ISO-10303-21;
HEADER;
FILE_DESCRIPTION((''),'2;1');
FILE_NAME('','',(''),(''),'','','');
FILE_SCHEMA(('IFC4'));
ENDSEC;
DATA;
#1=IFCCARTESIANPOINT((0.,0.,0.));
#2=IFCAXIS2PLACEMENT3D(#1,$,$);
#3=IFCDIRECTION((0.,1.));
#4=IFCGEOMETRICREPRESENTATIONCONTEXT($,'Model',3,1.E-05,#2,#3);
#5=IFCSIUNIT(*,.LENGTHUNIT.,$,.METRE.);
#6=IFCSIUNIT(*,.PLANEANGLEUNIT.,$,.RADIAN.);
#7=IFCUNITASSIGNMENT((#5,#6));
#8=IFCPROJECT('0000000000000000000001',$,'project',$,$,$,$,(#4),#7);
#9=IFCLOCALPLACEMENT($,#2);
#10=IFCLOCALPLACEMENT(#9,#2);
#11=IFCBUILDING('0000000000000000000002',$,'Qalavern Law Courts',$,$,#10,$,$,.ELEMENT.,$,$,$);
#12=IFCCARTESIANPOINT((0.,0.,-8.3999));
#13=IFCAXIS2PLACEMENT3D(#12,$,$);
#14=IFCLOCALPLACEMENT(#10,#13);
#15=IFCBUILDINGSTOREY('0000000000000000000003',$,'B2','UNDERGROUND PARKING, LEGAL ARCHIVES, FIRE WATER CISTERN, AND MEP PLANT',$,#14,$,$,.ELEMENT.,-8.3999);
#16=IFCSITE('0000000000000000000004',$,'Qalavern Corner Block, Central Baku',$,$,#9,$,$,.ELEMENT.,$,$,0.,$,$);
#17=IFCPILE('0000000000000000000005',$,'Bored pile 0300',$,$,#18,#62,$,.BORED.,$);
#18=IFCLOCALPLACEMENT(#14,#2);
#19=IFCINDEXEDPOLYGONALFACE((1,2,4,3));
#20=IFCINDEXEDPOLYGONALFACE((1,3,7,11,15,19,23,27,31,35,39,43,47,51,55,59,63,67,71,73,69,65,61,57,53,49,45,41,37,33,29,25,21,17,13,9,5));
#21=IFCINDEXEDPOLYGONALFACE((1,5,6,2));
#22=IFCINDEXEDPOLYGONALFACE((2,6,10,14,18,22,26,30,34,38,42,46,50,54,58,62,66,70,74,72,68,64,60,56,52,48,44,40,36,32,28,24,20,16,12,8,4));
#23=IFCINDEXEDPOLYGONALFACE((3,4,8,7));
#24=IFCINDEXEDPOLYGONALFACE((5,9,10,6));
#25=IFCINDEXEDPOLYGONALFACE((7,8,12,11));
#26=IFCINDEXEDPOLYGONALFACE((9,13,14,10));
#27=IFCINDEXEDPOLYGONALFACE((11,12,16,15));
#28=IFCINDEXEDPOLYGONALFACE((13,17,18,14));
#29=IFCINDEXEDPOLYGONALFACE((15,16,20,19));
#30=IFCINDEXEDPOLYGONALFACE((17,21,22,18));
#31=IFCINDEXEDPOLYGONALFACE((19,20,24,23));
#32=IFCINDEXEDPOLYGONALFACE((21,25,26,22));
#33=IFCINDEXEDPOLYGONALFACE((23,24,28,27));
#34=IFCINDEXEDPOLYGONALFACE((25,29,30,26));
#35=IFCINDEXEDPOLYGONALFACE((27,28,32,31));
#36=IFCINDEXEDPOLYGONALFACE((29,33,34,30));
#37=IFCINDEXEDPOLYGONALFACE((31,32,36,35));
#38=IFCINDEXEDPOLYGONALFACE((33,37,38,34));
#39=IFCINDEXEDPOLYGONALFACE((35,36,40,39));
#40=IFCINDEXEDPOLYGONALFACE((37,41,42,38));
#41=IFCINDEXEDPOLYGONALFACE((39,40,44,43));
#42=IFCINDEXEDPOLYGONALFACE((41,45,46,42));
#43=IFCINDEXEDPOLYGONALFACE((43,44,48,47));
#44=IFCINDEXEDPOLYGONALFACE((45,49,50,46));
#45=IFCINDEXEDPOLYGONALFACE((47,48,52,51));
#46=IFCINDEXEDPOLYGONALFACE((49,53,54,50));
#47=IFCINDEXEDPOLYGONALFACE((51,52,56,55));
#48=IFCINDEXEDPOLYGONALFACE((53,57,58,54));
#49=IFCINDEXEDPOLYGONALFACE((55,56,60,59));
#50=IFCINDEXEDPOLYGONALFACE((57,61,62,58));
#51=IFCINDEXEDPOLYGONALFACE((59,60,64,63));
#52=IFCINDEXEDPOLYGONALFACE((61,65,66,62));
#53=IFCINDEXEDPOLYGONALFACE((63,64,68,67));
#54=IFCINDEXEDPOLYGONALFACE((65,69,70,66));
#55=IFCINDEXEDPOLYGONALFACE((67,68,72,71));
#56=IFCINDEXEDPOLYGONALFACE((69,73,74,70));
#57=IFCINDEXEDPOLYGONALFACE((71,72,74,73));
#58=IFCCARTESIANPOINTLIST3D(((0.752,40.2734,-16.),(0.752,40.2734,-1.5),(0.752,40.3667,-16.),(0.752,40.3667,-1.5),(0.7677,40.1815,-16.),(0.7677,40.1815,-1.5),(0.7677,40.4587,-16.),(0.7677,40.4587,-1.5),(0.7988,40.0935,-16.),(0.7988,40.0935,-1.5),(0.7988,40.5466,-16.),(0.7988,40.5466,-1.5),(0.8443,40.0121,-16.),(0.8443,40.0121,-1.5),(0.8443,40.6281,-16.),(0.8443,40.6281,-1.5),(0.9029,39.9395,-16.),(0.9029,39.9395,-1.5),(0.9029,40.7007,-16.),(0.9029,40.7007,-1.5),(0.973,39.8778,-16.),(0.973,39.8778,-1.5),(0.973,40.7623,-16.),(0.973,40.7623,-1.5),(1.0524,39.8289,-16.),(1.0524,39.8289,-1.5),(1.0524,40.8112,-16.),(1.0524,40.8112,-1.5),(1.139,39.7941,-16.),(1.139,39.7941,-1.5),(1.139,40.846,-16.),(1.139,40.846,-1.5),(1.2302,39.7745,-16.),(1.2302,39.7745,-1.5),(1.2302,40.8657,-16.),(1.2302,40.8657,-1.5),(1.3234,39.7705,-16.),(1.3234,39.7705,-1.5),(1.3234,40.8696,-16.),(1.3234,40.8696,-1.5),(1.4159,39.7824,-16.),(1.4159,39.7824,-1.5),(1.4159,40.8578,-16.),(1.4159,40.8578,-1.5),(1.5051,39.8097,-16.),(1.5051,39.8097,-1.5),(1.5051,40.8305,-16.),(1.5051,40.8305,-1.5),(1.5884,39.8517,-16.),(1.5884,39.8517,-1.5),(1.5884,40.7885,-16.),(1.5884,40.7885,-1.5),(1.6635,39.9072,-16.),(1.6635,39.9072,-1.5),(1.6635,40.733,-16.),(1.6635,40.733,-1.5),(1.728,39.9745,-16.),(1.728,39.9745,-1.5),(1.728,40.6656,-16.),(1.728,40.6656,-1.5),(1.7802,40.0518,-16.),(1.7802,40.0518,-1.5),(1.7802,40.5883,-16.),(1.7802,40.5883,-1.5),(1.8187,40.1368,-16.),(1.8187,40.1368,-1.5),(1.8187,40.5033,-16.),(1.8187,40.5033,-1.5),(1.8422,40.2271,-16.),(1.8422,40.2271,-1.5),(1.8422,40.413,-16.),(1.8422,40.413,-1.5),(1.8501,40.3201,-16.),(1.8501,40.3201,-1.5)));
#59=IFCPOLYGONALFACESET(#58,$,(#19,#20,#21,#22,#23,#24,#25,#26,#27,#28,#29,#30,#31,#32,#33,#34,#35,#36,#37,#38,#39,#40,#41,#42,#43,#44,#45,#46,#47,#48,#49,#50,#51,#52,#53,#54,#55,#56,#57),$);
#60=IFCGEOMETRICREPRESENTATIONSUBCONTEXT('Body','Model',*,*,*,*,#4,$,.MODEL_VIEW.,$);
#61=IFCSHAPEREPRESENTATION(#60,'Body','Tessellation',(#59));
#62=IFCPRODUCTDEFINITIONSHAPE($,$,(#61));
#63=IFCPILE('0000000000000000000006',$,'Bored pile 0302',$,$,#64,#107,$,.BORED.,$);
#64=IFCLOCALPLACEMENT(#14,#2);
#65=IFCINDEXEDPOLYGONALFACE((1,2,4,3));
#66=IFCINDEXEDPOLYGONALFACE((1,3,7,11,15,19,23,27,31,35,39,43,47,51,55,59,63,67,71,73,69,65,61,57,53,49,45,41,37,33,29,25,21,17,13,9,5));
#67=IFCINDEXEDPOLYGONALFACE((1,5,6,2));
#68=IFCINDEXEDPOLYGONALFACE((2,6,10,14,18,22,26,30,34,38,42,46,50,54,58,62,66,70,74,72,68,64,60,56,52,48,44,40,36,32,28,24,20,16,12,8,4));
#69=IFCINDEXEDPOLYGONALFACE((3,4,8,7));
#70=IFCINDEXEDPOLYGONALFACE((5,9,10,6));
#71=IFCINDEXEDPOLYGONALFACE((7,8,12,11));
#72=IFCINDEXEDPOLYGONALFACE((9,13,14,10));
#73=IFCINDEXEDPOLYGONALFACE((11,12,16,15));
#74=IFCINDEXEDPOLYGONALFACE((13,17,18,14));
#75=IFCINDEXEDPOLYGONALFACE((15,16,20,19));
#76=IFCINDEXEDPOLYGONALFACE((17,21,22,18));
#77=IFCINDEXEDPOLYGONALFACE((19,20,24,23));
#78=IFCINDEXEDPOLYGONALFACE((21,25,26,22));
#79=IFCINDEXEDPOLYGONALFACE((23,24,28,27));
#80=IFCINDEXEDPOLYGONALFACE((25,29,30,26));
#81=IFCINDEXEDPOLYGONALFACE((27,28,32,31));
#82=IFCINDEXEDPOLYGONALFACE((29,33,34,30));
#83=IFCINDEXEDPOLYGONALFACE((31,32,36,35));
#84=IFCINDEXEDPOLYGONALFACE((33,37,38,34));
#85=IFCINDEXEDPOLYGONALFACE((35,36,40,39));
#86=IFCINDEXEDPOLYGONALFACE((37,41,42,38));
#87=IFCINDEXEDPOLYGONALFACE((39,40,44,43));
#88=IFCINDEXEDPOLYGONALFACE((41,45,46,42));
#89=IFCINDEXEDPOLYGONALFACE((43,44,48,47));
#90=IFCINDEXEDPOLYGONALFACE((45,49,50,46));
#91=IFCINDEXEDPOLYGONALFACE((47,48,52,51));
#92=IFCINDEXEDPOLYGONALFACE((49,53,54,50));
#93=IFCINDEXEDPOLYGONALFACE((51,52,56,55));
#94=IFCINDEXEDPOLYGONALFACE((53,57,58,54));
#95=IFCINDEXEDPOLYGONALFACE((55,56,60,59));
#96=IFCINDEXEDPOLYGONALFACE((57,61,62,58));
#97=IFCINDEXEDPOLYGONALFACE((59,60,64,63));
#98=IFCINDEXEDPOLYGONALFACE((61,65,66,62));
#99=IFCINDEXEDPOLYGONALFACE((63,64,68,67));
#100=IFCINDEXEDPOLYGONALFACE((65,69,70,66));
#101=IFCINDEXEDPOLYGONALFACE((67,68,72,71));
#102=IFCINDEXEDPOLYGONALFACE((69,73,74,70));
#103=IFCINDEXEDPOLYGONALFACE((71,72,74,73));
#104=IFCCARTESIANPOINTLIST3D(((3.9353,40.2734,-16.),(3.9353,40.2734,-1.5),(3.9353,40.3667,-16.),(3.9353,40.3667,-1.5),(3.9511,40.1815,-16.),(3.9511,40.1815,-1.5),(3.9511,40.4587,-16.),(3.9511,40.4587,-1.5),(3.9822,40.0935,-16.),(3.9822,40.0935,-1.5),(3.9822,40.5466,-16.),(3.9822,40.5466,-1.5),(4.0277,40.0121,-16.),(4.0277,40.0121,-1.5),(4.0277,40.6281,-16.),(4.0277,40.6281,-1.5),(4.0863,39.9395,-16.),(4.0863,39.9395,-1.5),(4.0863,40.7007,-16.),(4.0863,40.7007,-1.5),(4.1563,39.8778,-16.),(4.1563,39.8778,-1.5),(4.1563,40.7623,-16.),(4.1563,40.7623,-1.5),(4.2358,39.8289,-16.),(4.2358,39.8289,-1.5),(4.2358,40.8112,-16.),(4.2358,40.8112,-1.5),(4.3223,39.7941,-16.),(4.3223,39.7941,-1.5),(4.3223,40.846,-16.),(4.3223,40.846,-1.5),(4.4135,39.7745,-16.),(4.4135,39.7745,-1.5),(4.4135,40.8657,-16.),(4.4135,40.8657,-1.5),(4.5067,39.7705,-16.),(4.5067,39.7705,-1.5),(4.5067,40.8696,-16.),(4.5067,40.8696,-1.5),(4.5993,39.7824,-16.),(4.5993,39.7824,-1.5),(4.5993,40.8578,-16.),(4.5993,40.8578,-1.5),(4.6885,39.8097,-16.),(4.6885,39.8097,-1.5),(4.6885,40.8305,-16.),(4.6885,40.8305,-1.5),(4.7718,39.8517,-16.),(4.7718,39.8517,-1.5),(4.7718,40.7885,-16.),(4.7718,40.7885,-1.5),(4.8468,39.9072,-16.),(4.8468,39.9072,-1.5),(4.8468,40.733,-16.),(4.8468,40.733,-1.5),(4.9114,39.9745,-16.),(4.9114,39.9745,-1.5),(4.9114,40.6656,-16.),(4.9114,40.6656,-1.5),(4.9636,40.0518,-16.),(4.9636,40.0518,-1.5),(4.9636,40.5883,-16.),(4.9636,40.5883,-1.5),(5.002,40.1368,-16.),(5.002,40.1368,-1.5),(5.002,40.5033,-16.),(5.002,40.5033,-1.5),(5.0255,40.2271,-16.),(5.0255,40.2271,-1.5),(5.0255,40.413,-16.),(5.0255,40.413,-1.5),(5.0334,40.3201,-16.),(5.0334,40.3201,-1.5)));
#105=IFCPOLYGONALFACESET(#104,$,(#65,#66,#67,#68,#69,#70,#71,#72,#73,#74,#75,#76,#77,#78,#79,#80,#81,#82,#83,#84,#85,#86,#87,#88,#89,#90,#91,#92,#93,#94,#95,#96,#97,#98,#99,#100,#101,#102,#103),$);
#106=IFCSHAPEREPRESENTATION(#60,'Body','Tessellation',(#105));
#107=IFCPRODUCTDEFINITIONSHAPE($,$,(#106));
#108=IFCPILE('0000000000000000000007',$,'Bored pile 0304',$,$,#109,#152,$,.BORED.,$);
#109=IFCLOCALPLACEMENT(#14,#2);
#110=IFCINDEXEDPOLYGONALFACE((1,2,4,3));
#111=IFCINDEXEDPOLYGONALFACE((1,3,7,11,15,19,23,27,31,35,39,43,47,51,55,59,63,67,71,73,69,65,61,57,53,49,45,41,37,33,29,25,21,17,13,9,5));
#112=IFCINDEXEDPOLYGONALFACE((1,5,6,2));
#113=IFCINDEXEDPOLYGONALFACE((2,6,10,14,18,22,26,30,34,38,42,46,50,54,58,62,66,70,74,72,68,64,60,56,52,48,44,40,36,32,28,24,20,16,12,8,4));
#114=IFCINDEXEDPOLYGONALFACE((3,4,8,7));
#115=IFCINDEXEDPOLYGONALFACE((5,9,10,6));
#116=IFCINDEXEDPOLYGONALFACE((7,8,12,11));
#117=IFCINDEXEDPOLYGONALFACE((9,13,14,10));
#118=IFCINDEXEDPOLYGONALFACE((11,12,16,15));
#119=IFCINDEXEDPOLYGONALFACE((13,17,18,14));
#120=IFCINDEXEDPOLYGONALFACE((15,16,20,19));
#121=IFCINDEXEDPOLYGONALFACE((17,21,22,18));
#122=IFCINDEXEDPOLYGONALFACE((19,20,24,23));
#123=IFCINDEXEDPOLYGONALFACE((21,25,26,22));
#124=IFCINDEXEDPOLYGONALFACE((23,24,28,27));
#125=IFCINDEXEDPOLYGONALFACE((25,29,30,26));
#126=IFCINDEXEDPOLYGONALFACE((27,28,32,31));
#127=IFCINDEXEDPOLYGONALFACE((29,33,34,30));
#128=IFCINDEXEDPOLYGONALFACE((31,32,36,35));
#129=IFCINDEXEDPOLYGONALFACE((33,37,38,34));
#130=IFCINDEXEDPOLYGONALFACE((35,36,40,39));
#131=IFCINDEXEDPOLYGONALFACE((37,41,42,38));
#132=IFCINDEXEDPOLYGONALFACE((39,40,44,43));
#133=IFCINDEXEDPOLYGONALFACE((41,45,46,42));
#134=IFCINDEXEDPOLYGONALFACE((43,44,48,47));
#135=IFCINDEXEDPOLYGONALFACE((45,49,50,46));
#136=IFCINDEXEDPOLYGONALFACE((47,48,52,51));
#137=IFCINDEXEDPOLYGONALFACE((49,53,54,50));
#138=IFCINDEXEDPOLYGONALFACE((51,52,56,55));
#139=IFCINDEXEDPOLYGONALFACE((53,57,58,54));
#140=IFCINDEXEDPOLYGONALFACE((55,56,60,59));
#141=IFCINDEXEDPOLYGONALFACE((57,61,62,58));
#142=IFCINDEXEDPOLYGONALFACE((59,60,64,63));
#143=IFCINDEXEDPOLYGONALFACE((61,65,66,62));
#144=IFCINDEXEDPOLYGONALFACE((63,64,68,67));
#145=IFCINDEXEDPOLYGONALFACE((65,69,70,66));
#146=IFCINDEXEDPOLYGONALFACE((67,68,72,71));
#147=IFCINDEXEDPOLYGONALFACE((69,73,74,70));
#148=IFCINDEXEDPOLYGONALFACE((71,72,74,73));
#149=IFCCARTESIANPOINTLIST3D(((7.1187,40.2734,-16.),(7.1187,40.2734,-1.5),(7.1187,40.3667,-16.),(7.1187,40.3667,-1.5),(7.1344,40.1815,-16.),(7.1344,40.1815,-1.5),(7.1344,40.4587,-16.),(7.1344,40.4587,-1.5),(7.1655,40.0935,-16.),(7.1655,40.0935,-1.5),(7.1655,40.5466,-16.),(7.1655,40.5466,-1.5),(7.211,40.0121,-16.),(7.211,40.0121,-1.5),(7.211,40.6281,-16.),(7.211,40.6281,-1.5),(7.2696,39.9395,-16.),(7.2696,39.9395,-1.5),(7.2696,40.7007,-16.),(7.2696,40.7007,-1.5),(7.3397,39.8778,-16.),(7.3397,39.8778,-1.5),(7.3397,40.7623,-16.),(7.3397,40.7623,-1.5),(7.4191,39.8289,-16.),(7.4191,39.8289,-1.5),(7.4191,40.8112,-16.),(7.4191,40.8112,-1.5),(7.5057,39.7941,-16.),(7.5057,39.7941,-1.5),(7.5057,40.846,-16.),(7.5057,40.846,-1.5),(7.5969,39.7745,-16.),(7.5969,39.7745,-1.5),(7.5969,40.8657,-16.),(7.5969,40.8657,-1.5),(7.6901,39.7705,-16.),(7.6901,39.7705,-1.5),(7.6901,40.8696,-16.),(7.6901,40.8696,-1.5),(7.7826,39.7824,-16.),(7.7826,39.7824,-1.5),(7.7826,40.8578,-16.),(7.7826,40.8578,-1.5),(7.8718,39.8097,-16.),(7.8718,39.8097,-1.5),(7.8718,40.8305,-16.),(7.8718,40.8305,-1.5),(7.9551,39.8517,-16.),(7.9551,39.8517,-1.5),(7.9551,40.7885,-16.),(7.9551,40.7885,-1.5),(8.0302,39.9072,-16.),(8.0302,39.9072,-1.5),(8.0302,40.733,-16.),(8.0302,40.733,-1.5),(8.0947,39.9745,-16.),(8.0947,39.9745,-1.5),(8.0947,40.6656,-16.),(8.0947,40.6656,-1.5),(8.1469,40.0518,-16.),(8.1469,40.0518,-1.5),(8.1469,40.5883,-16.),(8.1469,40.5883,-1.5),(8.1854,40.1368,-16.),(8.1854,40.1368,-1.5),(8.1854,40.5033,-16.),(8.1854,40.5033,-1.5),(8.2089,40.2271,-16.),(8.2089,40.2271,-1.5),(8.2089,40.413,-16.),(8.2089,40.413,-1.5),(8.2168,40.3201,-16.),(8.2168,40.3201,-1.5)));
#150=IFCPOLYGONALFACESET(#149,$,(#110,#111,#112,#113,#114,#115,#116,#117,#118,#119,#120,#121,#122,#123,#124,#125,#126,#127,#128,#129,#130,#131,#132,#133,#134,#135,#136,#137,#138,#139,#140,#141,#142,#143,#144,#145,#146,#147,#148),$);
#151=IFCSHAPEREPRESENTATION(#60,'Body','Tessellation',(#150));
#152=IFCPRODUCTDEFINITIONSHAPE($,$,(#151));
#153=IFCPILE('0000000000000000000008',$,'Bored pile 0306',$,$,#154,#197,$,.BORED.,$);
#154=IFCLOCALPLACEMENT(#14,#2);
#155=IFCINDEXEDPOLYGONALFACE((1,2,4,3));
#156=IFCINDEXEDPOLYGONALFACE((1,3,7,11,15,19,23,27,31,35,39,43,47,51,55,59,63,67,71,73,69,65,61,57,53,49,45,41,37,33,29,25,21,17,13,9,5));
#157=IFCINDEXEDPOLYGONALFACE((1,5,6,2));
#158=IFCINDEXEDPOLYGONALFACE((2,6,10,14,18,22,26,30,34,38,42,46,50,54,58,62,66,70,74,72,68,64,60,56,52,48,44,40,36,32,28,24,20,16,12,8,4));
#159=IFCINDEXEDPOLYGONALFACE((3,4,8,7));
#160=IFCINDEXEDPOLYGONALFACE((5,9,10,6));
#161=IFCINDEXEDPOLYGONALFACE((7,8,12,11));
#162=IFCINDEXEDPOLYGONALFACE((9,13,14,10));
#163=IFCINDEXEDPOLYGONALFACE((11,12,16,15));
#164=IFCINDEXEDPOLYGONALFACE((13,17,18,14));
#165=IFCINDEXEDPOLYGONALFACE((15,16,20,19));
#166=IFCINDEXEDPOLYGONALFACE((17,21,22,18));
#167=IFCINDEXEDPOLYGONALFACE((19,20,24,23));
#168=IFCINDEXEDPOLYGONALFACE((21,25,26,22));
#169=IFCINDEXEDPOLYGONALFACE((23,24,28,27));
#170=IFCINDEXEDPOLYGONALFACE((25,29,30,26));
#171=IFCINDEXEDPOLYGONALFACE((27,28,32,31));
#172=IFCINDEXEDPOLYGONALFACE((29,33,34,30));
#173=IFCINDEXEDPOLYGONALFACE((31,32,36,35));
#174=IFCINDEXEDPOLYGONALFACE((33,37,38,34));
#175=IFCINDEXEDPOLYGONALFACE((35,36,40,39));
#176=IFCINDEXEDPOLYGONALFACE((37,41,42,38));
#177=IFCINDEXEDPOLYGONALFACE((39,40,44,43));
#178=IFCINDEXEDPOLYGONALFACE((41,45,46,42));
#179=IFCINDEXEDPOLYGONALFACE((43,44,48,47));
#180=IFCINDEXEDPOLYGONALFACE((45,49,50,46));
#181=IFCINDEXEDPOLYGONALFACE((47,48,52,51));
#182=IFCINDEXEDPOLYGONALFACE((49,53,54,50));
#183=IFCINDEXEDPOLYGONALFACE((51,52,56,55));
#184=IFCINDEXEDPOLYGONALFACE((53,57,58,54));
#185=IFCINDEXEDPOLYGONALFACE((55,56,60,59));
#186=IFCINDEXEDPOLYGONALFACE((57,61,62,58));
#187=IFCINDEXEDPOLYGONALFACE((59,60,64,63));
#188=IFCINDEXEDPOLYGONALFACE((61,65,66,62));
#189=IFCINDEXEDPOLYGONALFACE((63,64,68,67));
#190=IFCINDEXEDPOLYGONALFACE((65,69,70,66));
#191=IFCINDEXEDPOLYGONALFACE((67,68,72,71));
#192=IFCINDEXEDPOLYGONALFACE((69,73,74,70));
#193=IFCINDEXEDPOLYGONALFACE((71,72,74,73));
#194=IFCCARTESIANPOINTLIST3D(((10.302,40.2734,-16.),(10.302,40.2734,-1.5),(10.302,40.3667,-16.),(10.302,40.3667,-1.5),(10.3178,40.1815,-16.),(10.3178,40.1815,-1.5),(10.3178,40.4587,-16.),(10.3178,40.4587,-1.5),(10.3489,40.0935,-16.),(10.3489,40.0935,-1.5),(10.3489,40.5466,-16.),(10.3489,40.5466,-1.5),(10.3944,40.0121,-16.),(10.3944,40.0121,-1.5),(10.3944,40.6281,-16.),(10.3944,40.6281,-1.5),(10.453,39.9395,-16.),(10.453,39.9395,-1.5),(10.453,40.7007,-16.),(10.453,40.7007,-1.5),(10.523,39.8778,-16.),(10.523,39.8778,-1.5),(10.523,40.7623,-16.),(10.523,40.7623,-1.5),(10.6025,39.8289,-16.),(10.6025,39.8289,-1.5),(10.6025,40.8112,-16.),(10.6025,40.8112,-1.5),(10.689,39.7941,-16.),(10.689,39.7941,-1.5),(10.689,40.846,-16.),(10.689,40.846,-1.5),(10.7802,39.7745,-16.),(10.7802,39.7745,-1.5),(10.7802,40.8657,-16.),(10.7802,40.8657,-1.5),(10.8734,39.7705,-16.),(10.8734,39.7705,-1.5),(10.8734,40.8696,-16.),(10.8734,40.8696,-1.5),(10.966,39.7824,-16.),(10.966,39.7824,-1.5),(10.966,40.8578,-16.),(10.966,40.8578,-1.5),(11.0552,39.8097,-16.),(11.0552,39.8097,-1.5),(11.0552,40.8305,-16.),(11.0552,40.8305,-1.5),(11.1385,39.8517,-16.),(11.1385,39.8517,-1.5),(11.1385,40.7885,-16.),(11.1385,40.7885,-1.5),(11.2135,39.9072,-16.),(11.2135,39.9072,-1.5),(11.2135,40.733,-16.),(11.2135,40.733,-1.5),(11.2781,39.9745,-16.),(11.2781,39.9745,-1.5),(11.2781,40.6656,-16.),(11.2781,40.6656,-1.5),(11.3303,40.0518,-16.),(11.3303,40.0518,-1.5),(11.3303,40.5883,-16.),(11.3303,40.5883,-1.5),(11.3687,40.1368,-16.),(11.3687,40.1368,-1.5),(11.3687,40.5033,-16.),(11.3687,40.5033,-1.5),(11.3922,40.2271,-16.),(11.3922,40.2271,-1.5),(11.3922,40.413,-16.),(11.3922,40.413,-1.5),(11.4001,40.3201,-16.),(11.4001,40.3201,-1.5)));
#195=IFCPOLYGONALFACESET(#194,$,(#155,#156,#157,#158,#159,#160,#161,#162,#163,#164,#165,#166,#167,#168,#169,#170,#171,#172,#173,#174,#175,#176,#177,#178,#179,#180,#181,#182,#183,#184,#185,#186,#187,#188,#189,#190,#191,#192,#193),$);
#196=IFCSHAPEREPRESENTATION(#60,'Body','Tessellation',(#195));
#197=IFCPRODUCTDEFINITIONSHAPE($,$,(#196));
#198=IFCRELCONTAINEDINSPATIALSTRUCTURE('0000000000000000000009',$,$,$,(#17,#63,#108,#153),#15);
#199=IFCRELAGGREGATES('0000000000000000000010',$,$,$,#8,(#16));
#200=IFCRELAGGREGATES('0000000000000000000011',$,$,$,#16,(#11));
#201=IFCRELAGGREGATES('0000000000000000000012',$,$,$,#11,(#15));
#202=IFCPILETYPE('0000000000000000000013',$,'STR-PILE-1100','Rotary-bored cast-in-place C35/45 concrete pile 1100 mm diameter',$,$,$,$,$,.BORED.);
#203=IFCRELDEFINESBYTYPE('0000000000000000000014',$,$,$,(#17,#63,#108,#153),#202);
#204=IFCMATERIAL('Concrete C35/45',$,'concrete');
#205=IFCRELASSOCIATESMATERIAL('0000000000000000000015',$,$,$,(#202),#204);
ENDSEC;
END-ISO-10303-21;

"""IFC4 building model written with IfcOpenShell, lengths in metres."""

from ifc_helpers import new_model, si_unit, direction, frame, origin, origin_2d, place, context, subcontext, project, spatial, circle, extrude, material, material_profile, profile_set, type_object, element, save


model = new_model("IFC4")

# Units and contexts
model_context = context("Model", 3, precision=1e-05, world=origin(), true_north=direction((0.0, 1.0)))
body_context = subcontext(model_context, "Body", "Model", "MODEL_VIEW")
ifc_project = project(units=[si_unit("LENGTHUNIT", "METRE"), si_unit("PLANEANGLEUNIT", "RADIAN")], contexts=[model_context])

# Site, building, storey
site_placement = place(None, origin())
site = spatial("IfcSite", under=ifc_project, at=site_placement, Name="Qalavern Corner Block, Central Baku", CompositionType="ELEMENT", RefElevation=0.0)
building_placement = place(site_placement, origin())
building = spatial("IfcBuilding", under=site, at=building_placement, Name="Qalavern Law Courts", CompositionType="ELEMENT")
storey_placement = place(building_placement, frame((0.0, 0.0, -8.3999)))
storey = spatial("IfcBuildingStorey", under=building, at=storey_placement, Name="B2", Description="UNDERGROUND PARKING, LEGAL ARCHIVES, FIRE WATER CISTERN, AND MEP PLANT", CompositionType="ELEMENT", Elevation=-8.3999)

# Shared definitions
ifc_material_1 = material(Name="Concrete C35/45", Category="concrete")

# Piles
ifc_material_profile_1 = material_profile(ifc_material_1, circle(Radius=0.55, at=origin_2d()), Name="BORED PILE 1100")
ifc_profile_set_1 = profile_set([ifc_material_profile_1], Name="Concrete C35/45")
pile_type_1 = type_object("IfcPileType", Name="STR-PILE-1100", Description="Rotary-bored cast-in-place C35/45 concrete pile 1100 mm diameter", PredefinedType="BORED", material=ifc_profile_set_1)
for number, where, z_axis, x_axis, name in (
    (1, (1.3, 40.3201, -1.5), (0.0, 0.0, -1.0), (1.0, 0.0, 0.0), "Bored pile 0300"),
    (2, (4.4834, 40.3201, -1.5), (0.0, 0.0, -1.0), (1.0, 0.0, 0.0), "Bored pile 0302"),
    (3, (7.6667, 40.3201, -1.5), (0.0, 0.0, -1.0), (1.0, 0.0, 0.0), "Bored pile 0304"),
    (4, (10.8501, 40.3201, -1.5), (0.0, 0.0, -1.0), (1.0, 0.0, 0.0), "Bored pile 0306"),
):
    element("IfcPile", number, at=place(storey_placement, frame(where, z_axis=z_axis, x_axis=x_axis)), inside=storey, type_object=pile_type_1, Name=name, PredefinedType="BORED", context=body_context, shape_type="SweptSolid", body=[
        extrude(circle(Radius=0.55, at=origin_2d()), origin(), (0.0, 0.0, 1.0), 14.5),
    ])

save(model, "model.ifc")
